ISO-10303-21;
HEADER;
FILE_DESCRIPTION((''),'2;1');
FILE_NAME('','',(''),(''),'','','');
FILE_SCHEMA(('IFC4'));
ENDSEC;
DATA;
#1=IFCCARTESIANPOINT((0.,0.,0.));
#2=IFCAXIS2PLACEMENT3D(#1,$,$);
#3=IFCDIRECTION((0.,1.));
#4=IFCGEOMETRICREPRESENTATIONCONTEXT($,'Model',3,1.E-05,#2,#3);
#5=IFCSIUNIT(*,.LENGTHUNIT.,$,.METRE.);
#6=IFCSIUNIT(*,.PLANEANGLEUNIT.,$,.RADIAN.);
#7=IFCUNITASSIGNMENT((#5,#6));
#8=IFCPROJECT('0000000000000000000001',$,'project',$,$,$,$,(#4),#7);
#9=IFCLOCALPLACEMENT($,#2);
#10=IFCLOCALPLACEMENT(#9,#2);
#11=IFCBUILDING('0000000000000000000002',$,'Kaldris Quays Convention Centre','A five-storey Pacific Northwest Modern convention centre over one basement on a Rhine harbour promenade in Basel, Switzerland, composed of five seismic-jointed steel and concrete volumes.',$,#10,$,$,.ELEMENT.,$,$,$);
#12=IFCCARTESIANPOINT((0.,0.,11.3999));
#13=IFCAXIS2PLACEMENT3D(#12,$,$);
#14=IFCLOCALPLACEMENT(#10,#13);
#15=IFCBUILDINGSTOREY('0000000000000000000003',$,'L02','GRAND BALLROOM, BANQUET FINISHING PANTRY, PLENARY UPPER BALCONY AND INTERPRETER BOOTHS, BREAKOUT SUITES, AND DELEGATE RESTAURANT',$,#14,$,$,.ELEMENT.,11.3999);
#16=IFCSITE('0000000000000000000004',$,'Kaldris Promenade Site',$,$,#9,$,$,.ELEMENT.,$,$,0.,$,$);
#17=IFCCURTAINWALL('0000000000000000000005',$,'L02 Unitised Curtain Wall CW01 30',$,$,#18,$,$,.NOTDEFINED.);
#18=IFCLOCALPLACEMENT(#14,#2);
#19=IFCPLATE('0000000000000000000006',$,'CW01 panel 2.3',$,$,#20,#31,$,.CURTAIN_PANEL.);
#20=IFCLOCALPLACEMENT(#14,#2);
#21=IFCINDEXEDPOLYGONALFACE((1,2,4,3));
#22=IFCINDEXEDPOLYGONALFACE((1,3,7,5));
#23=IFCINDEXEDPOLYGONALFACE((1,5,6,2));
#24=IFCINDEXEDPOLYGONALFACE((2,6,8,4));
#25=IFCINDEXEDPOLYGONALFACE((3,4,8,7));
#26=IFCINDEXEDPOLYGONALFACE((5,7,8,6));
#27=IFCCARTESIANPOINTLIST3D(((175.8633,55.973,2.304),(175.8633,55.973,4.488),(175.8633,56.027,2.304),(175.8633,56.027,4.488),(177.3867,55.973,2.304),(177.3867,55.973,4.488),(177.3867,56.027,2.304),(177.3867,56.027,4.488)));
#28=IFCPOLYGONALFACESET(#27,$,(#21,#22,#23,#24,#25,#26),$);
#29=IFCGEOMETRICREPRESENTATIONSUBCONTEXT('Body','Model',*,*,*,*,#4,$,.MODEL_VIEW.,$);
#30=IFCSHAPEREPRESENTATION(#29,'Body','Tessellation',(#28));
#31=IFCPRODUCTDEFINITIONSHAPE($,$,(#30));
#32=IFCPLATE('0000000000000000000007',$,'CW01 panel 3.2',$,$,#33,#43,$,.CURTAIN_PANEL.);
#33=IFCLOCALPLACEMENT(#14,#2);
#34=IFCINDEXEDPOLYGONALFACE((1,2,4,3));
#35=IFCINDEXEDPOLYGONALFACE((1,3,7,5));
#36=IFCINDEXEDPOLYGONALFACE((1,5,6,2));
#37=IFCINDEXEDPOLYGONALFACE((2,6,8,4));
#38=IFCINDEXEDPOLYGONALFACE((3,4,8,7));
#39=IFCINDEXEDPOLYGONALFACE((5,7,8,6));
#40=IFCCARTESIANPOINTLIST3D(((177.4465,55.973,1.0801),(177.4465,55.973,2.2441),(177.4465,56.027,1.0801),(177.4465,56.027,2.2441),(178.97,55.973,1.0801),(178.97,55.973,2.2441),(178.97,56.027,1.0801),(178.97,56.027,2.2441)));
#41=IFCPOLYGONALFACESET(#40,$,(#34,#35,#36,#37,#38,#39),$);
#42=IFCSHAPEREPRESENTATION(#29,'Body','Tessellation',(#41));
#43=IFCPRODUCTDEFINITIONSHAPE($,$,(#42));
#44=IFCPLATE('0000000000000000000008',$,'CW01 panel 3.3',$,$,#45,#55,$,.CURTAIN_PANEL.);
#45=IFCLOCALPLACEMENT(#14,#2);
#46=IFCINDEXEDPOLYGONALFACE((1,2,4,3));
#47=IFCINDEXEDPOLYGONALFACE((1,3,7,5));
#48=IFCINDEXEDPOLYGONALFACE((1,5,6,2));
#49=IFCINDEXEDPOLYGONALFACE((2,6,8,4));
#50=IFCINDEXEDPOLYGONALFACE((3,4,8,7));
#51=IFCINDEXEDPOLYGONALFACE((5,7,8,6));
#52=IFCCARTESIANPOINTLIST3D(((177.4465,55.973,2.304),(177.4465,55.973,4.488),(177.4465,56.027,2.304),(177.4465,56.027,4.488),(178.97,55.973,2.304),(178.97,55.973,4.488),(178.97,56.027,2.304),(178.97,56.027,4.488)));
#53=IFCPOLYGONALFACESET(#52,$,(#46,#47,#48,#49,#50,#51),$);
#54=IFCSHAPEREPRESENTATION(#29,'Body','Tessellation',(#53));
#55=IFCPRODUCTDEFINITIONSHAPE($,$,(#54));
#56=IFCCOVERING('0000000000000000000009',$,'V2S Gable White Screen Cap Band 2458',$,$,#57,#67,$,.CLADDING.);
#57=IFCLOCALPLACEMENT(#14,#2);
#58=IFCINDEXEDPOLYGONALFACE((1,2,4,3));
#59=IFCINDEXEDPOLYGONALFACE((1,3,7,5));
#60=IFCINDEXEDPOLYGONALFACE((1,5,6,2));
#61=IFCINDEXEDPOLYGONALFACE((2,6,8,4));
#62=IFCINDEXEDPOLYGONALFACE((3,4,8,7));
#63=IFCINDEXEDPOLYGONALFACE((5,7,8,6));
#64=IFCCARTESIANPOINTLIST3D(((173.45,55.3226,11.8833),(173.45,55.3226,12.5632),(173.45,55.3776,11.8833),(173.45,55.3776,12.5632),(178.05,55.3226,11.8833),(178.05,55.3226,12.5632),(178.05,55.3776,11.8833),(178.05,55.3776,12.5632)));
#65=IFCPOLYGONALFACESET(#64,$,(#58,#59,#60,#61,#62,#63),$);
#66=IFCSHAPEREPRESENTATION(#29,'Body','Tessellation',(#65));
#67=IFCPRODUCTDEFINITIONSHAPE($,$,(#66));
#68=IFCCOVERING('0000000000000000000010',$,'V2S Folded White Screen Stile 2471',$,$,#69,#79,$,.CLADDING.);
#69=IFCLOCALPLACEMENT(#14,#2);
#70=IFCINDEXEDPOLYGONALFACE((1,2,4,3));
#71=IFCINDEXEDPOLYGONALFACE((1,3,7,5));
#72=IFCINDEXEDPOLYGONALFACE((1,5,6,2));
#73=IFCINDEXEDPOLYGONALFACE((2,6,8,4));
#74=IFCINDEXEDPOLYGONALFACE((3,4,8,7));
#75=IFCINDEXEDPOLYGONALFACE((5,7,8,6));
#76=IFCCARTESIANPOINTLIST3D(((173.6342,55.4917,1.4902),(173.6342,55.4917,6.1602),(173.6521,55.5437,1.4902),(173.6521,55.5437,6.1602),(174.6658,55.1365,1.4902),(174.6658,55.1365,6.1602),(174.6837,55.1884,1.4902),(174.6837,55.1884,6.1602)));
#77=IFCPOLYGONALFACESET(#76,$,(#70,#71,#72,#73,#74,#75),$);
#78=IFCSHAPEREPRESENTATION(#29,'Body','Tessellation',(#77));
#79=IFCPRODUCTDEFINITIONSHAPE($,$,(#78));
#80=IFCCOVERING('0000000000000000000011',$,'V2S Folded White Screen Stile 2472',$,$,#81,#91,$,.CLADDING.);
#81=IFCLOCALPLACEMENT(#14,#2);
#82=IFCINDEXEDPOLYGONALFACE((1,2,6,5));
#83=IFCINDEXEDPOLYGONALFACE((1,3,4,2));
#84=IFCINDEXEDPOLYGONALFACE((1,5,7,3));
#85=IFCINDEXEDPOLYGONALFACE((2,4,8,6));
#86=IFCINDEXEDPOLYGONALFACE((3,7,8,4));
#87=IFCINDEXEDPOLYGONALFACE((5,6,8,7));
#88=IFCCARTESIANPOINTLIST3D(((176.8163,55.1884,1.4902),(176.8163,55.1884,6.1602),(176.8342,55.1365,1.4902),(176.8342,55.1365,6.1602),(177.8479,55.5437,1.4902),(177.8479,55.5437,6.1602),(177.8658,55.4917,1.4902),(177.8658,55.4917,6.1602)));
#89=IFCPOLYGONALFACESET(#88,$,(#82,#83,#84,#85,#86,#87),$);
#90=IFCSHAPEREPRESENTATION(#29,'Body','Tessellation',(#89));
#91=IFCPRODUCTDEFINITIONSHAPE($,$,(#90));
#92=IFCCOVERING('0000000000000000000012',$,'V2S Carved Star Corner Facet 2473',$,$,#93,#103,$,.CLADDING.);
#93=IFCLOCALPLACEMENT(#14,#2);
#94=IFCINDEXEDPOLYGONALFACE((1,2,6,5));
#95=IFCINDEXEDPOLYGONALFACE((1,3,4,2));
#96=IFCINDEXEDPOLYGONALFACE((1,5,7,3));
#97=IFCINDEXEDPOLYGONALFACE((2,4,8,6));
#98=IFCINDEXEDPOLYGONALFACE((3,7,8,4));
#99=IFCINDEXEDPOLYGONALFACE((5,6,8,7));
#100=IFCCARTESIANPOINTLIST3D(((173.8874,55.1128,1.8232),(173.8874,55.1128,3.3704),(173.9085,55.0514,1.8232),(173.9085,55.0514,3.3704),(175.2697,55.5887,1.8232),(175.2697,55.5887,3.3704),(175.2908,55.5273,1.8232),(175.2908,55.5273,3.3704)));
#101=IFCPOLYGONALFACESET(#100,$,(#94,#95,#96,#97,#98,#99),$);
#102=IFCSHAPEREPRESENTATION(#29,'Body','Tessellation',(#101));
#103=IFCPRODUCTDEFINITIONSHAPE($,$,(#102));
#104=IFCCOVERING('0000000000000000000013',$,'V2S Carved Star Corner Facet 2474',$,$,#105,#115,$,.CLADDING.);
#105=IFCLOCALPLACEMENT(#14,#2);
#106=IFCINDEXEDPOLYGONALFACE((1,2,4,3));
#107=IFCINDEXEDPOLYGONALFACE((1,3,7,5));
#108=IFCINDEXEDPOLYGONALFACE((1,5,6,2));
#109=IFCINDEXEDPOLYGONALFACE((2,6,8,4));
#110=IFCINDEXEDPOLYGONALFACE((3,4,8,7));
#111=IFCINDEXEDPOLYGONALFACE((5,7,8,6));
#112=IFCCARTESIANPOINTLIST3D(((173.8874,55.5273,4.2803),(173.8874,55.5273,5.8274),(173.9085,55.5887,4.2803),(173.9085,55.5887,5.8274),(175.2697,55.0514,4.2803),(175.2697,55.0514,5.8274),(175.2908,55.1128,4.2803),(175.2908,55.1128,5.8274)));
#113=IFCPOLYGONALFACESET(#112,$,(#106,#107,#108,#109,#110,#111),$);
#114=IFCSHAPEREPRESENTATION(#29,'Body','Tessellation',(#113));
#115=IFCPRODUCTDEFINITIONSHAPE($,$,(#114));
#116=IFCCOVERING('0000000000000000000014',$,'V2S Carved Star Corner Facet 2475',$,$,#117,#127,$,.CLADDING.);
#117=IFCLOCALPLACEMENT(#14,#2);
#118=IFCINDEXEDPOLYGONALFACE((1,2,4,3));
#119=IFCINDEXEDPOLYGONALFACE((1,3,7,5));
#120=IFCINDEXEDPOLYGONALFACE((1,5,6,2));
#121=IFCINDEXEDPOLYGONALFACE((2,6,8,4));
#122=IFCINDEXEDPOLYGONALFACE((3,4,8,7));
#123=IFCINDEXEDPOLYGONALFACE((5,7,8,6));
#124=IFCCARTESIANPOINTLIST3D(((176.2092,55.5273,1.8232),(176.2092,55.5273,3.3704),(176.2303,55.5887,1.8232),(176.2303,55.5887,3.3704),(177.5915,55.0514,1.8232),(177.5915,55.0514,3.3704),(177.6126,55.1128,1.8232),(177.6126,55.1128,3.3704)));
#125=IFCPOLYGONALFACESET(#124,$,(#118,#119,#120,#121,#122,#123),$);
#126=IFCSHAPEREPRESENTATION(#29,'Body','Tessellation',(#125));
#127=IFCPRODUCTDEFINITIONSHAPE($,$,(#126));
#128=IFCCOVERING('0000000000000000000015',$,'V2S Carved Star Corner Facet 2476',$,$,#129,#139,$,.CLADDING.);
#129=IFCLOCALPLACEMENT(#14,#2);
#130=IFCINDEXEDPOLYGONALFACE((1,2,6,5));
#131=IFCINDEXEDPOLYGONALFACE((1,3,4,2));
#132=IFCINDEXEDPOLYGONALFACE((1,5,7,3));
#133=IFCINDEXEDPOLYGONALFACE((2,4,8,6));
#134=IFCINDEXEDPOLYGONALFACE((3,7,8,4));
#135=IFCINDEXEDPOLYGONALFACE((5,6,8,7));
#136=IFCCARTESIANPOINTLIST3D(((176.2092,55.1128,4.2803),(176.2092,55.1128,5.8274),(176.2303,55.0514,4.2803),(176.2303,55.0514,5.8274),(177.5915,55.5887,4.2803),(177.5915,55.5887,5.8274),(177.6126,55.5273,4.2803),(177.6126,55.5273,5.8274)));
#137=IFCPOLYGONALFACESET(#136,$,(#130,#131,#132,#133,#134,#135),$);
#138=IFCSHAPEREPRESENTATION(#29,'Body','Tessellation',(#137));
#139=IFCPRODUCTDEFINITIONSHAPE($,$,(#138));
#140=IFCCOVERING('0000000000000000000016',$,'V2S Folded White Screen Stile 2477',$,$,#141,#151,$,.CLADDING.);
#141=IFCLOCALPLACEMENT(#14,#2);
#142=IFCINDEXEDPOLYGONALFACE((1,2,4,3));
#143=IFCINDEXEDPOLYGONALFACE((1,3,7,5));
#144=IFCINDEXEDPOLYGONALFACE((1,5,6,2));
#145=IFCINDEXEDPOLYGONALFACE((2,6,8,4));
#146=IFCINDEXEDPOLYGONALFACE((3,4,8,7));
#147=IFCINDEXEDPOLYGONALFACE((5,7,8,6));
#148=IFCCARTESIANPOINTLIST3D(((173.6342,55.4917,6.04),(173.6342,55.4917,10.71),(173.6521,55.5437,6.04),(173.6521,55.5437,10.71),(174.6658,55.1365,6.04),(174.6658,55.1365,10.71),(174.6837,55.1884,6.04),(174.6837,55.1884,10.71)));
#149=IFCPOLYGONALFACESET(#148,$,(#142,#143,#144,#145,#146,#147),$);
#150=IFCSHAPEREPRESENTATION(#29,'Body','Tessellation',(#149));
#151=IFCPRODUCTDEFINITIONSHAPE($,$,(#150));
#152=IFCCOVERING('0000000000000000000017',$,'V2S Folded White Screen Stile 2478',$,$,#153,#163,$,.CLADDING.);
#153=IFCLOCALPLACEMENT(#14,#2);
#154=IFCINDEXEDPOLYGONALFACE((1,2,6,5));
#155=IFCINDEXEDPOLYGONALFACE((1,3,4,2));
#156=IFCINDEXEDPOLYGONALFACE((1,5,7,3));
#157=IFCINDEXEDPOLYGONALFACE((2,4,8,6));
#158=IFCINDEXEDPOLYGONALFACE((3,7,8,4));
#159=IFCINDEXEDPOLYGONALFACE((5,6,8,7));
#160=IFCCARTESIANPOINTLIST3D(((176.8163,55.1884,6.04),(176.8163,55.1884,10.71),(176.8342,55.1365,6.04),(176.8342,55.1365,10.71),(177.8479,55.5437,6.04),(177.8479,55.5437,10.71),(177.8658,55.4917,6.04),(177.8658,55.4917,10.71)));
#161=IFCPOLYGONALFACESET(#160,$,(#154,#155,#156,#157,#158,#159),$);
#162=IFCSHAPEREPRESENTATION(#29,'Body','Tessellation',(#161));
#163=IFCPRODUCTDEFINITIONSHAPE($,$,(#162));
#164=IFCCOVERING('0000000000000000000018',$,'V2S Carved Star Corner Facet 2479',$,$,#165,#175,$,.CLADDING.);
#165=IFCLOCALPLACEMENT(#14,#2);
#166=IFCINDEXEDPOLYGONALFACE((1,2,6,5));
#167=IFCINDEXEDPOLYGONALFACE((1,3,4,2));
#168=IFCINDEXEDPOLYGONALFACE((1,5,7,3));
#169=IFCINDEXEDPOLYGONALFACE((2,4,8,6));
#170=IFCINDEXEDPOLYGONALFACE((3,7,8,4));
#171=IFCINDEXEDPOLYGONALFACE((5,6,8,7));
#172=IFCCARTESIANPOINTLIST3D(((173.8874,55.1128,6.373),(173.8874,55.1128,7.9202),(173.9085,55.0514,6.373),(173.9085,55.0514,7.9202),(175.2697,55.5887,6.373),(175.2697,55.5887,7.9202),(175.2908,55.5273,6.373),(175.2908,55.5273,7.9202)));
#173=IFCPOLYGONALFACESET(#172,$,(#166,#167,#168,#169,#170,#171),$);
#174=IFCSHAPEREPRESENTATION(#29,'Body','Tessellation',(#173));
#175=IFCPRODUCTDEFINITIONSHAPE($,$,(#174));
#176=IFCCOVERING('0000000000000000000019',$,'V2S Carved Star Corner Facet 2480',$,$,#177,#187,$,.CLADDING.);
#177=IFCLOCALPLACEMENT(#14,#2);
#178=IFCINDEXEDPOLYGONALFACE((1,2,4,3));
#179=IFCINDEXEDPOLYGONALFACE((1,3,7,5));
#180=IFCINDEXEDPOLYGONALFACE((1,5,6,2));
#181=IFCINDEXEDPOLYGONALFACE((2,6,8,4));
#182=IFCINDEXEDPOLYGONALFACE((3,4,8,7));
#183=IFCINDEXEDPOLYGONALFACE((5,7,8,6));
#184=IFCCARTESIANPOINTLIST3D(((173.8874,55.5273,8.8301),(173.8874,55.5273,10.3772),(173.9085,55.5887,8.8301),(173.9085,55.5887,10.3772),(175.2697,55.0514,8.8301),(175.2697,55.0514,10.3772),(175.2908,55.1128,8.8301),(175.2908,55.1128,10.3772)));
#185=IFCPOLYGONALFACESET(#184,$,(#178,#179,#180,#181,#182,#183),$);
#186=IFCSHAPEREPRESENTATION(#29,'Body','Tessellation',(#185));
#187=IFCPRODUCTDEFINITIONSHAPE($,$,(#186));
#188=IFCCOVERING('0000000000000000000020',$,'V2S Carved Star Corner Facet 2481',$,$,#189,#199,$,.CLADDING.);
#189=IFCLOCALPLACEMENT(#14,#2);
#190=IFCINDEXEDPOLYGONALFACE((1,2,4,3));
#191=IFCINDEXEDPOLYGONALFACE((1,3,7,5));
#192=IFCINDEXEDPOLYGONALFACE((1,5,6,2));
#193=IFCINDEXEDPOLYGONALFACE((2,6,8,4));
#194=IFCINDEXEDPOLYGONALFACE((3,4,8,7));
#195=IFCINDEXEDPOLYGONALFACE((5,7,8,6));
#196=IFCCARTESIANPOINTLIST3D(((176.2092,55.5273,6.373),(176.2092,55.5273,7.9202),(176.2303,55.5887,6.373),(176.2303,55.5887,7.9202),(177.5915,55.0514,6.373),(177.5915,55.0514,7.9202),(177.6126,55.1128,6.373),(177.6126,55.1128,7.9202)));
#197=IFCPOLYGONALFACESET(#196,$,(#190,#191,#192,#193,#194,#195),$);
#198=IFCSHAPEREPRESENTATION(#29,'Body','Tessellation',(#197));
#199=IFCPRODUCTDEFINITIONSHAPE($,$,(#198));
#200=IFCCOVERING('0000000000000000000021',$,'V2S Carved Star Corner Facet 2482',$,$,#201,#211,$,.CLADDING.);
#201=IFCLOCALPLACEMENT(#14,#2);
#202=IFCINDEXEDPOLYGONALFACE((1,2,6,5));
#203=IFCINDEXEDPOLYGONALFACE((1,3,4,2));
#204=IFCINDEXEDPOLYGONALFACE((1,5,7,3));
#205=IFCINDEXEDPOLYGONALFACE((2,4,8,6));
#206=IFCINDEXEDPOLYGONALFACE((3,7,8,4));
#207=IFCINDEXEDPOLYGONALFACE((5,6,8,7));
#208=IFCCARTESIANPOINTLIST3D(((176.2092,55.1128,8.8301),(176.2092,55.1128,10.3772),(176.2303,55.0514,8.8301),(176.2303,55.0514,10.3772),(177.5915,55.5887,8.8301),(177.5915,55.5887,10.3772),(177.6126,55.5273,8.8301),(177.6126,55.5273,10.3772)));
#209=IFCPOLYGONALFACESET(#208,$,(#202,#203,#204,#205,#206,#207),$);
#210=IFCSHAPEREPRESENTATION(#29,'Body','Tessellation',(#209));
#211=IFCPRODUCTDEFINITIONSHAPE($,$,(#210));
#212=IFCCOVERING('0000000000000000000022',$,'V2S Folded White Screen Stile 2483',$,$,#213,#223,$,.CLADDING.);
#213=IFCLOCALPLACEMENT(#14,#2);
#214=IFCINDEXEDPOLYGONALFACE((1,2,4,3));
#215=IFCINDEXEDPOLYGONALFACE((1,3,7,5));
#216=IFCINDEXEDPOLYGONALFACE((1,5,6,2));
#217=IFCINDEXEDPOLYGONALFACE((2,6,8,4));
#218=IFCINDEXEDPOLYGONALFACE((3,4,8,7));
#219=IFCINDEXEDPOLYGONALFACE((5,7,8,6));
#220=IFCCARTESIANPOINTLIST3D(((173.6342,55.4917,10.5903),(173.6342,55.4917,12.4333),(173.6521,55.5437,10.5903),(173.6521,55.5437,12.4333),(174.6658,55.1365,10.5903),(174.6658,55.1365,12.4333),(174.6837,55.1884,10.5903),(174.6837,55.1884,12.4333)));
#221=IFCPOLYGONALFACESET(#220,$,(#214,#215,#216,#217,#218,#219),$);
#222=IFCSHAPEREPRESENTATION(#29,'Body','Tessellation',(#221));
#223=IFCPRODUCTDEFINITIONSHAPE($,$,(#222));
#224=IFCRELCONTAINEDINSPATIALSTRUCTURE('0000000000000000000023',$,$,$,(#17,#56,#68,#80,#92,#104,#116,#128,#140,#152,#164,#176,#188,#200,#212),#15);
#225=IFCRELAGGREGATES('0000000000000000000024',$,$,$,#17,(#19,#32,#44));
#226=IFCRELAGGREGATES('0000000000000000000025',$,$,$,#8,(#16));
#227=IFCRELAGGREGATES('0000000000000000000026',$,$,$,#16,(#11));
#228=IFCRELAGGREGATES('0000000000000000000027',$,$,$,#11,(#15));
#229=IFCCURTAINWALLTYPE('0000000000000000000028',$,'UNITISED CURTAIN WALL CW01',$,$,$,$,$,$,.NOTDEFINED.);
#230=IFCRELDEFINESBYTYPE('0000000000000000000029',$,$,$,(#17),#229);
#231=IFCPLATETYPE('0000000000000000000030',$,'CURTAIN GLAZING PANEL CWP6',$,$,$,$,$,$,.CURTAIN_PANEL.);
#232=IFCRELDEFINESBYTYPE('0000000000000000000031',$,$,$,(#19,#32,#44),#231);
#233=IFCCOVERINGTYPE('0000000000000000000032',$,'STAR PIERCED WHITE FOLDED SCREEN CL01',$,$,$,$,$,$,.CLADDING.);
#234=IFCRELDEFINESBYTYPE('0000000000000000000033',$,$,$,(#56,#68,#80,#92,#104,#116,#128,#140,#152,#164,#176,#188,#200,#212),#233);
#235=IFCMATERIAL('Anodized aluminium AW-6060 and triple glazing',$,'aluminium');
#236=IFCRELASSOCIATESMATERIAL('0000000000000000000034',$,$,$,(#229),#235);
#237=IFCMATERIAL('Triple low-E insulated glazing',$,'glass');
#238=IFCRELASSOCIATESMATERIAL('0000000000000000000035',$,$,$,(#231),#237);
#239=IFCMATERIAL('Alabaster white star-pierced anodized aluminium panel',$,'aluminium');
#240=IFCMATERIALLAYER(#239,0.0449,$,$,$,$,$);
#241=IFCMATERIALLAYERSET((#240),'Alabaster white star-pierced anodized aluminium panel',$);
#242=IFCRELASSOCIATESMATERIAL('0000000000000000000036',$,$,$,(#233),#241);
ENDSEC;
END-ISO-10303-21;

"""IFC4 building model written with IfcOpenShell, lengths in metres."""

from ifc_helpers import new_model, si_unit, direction, frame, origin, origin_2d, place, context, subcontext, project, spatial, rectangle, extrude, material, layer, layer_set, type_object, element, aggregate, save


model = new_model("IFC4")

# Units and contexts
model_context = context("Model", 3, precision=1e-05, world=origin(), true_north=direction((0.0, 1.0)))
body_context = subcontext(model_context, "Body", "Model", "MODEL_VIEW")
ifc_project = project(units=[si_unit("LENGTHUNIT", "METRE"), si_unit("PLANEANGLEUNIT", "RADIAN")], contexts=[model_context])

# Site, building, storey
site_placement = place(None, origin())
site = spatial("IfcSite", under=ifc_project, at=site_placement, Name="Kaldris Promenade Site", CompositionType="ELEMENT", RefElevation=0.0)
building_placement = place(site_placement, origin())
building = spatial("IfcBuilding", under=site, at=building_placement, Name="Kaldris Quays Convention Centre", Description="A five-storey Pacific Northwest Modern convention centre over one basement on a Rhine harbour promenade in Basel, Switzerland, composed of five seismic-jointed steel and concrete volumes.", CompositionType="ELEMENT")
storey_placement = place(building_placement, frame((0.0, 0.0, 11.3999)))
storey = spatial("IfcBuildingStorey", under=building, at=storey_placement, Name="L02", Description="GRAND BALLROOM, BANQUET FINISHING PANTRY, PLENARY UPPER BALCONY AND INTERPRETER BOOTHS, BREAKOUT SUITES, AND DELEGATE RESTAURANT", CompositionType="ELEMENT", Elevation=11.3999)

# Curtain wall
ifc_material_1 = material(Name="Anodized aluminium AW-6060 and triple glazing", Category="aluminium")
curtain_wall_type = type_object("IfcCurtainWallType", Name="UNITISED CURTAIN WALL CW01", PredefinedType="NOTDEFINED", material=ifc_material_1)
curtain_wall_placement = place(storey_placement, origin())
curtain_wall = element("IfcCurtainWall", 1, at=curtain_wall_placement, inside=storey, type_object=curtain_wall_type, Name="L02 Unitised Curtain Wall CW01 30", PredefinedType="NOTDEFINED")

# Plates
ifc_material_2 = material(Name="Triple low-E insulated glazing", Category="glass")
plate_type = type_object("IfcPlateType", Name="CURTAIN GLAZING PANEL CWP6", PredefinedType="CURTAIN_PANEL", material=ifc_material_2)
plate_1_placement = place(storey_placement, frame((176.625, 56.0, 2.304), z_axis=(0.0, 0.0, 1.0), x_axis=(1.0, 0.0, 0.0)))
plate_1 = element("IfcPlate", 2, at=plate_1_placement, type_object=plate_type, Name="CW01 panel 2.3", PredefinedType="CURTAIN_PANEL", context=body_context, shape_type="SweptSolid", body=[
    extrude(rectangle(XDim=1.5234, YDim=0.054, at=origin_2d()), origin(), (0.0, 0.0, 1.0), 2.1841),
])
plate_2_placement = place(storey_placement, frame((178.2083, 56.0, 1.0801), z_axis=(0.0, 0.0, 1.0), x_axis=(1.0, 0.0, 0.0)))
plate_2 = element("IfcPlate", 3, at=plate_2_placement, type_object=plate_type, Name="CW01 panel 3.2", PredefinedType="CURTAIN_PANEL", context=body_context, shape_type="SweptSolid", body=[
    extrude(rectangle(XDim=1.5234, YDim=0.054, at=origin_2d()), origin(), (0.0, 0.0, 1.0), 1.1641),
])
plate_3_placement = place(storey_placement, frame((178.2083, 56.0, 2.304), z_axis=(0.0, 0.0, 1.0), x_axis=(1.0, 0.0, 0.0)))
plate_3 = element("IfcPlate", 4, at=plate_3_placement, type_object=plate_type, Name="CW01 panel 3.3", PredefinedType="CURTAIN_PANEL", context=body_context, shape_type="SweptSolid", body=[
    extrude(rectangle(XDim=1.5234, YDim=0.054, at=origin_2d()), origin(), (0.0, 0.0, 1.0), 2.1841),
])
aggregate(curtain_wall, [plate_1, plate_2, plate_3])

# Coverings
ifc_material_3 = material(Name="Alabaster white star-pierced anodized aluminium panel", Category="aluminium")
ifc_layer = layer(ifc_material_3, 0.0449)
ifc_layer_set = layer_set([ifc_layer], Name="Alabaster white star-pierced anodized aluminium panel")
covering_type = type_object("IfcCoveringType", Name="STAR PIERCED WHITE FOLDED SCREEN CL01", PredefinedType="CLADDING", material=ifc_layer_set)
covering_1_placement = place(storey_placement, frame((175.75, 55.3501, 11.8833), z_axis=(0.0, 0.0, 1.0), x_axis=(1.0, 0.0, 0.0)))
element("IfcCovering", 5, at=covering_1_placement, inside=storey, type_object=covering_type, Name="V2S Gable White Screen Cap Band 2458", PredefinedType="CLADDING", context=body_context, shape_type="SweptSolid", body=[
    extrude(rectangle(XDim=4.6001, YDim=0.0549, at=origin_2d()), origin(), (0.0, 0.0, 1.0), 0.6799),
])
for number, where, z_axis, x_axis, name in (
    (6, (174.1589, 55.3401, 1.4902), (0.0, 0.0, 1.0), (0.945519, -0.325568, 0.0), "V2S Folded White Screen Stile 2471"),
    (7, (177.3411, 55.3401, 1.4902), (0.0, 0.0, 1.0), (0.945519, 0.325568, 0.0), "V2S Folded White Screen Stile 2472"),
):
    element("IfcCovering", number, at=place(storey_placement, frame(where, z_axis=z_axis, x_axis=x_axis)), inside=storey, type_object=covering_type, Name=name, PredefinedType="CLADDING", context=body_context, shape_type="SweptSolid", body=[
        extrude(rectangle(XDim=1.0911, YDim=0.0549, at=origin_2d()), origin(), (0.0, 0.0, 1.0), 4.6699),
    ])
for number, where, z_axis, x_axis, name in (
    (8, (174.5891, 55.3201, 1.8232), (0.0, 0.0, 1.0), (0.945519, 0.325568, 0.0), "V2S Carved Star Corner Facet 2473"),
    (9, (174.5891, 55.3201, 4.2803), (0.0, 0.0, 1.0), (0.945519, -0.325568, 0.0), "V2S Carved Star Corner Facet 2474"),
    (10, (176.9109, 55.3201, 1.8232), (0.0, 0.0, 1.0), (0.945519, -0.325568, 0.0), "V2S Carved Star Corner Facet 2475"),
    (11, (176.9109, 55.3201, 4.2803), (0.0, 0.0, 1.0), (0.945519, 0.325568, 0.0), "V2S Carved Star Corner Facet 2476"),
):
    element("IfcCovering", number, at=place(storey_placement, frame(where, z_axis=z_axis, x_axis=x_axis)), inside=storey, type_object=covering_type, Name=name, PredefinedType="CLADDING", context=body_context, shape_type="SweptSolid", body=[
        extrude(rectangle(XDim=1.4619, YDim=0.0649, at=origin_2d()), origin(), (0.0, 0.0, 1.0), 1.5471),
    ])
for number, where, z_axis, x_axis, name in (
    (12, (174.1589, 55.3401, 6.04), (0.0, 0.0, 1.0), (0.945519, -0.325568, 0.0), "V2S Folded White Screen Stile 2477"),
    (13, (177.3411, 55.3401, 6.04), (0.0, 0.0, 1.0), (0.945519, 0.325568, 0.0), "V2S Folded White Screen Stile 2478"),
):
    element("IfcCovering", number, at=place(storey_placement, frame(where, z_axis=z_axis, x_axis=x_axis)), inside=storey, type_object=covering_type, Name=name, PredefinedType="CLADDING", context=body_context, shape_type="SweptSolid", body=[
        extrude(rectangle(XDim=1.0911, YDim=0.0549, at=origin_2d()), origin(), (0.0, 0.0, 1.0), 4.6699),
    ])
for number, where, z_axis, x_axis, name in (
    (14, (174.5891, 55.3201, 6.373), (0.0, 0.0, 1.0), (0.945519, 0.325568, 0.0), "V2S Carved Star Corner Facet 2479"),
    (15, (174.5891, 55.3201, 8.8301), (0.0, 0.0, 1.0), (0.945519, -0.325568, 0.0), "V2S Carved Star Corner Facet 2480"),
    (16, (176.9109, 55.3201, 6.373), (0.0, 0.0, 1.0), (0.945519, -0.325568, 0.0), "V2S Carved Star Corner Facet 2481"),
    (17, (176.9109, 55.3201, 8.8301), (0.0, 0.0, 1.0), (0.945519, 0.325568, 0.0), "V2S Carved Star Corner Facet 2482"),
):
    element("IfcCovering", number, at=place(storey_placement, frame(where, z_axis=z_axis, x_axis=x_axis)), inside=storey, type_object=covering_type, Name=name, PredefinedType="CLADDING", context=body_context, shape_type="SweptSolid", body=[
        extrude(rectangle(XDim=1.4619, YDim=0.0649, at=origin_2d()), origin(), (0.0, 0.0, 1.0), 1.5471),
    ])
for number, where, z_axis, x_axis, name in (
    (18, (174.1589, 55.3401, 10.5903), (0.0, 0.0, 1.0), (0.945519, -0.325568, 0.0), "V2S Folded White Screen Stile 2483"),
):
    element("IfcCovering", number, at=place(storey_placement, frame(where, z_axis=z_axis, x_axis=x_axis)), inside=storey, type_object=covering_type, Name=name, PredefinedType="CLADDING", context=body_context, shape_type="SweptSolid", body=[
        extrude(rectangle(XDim=1.0911, YDim=0.0549, at=origin_2d()), origin(), (0.0, 0.0, 1.0), 1.843),
    ])

save(model, "model.ifc")
